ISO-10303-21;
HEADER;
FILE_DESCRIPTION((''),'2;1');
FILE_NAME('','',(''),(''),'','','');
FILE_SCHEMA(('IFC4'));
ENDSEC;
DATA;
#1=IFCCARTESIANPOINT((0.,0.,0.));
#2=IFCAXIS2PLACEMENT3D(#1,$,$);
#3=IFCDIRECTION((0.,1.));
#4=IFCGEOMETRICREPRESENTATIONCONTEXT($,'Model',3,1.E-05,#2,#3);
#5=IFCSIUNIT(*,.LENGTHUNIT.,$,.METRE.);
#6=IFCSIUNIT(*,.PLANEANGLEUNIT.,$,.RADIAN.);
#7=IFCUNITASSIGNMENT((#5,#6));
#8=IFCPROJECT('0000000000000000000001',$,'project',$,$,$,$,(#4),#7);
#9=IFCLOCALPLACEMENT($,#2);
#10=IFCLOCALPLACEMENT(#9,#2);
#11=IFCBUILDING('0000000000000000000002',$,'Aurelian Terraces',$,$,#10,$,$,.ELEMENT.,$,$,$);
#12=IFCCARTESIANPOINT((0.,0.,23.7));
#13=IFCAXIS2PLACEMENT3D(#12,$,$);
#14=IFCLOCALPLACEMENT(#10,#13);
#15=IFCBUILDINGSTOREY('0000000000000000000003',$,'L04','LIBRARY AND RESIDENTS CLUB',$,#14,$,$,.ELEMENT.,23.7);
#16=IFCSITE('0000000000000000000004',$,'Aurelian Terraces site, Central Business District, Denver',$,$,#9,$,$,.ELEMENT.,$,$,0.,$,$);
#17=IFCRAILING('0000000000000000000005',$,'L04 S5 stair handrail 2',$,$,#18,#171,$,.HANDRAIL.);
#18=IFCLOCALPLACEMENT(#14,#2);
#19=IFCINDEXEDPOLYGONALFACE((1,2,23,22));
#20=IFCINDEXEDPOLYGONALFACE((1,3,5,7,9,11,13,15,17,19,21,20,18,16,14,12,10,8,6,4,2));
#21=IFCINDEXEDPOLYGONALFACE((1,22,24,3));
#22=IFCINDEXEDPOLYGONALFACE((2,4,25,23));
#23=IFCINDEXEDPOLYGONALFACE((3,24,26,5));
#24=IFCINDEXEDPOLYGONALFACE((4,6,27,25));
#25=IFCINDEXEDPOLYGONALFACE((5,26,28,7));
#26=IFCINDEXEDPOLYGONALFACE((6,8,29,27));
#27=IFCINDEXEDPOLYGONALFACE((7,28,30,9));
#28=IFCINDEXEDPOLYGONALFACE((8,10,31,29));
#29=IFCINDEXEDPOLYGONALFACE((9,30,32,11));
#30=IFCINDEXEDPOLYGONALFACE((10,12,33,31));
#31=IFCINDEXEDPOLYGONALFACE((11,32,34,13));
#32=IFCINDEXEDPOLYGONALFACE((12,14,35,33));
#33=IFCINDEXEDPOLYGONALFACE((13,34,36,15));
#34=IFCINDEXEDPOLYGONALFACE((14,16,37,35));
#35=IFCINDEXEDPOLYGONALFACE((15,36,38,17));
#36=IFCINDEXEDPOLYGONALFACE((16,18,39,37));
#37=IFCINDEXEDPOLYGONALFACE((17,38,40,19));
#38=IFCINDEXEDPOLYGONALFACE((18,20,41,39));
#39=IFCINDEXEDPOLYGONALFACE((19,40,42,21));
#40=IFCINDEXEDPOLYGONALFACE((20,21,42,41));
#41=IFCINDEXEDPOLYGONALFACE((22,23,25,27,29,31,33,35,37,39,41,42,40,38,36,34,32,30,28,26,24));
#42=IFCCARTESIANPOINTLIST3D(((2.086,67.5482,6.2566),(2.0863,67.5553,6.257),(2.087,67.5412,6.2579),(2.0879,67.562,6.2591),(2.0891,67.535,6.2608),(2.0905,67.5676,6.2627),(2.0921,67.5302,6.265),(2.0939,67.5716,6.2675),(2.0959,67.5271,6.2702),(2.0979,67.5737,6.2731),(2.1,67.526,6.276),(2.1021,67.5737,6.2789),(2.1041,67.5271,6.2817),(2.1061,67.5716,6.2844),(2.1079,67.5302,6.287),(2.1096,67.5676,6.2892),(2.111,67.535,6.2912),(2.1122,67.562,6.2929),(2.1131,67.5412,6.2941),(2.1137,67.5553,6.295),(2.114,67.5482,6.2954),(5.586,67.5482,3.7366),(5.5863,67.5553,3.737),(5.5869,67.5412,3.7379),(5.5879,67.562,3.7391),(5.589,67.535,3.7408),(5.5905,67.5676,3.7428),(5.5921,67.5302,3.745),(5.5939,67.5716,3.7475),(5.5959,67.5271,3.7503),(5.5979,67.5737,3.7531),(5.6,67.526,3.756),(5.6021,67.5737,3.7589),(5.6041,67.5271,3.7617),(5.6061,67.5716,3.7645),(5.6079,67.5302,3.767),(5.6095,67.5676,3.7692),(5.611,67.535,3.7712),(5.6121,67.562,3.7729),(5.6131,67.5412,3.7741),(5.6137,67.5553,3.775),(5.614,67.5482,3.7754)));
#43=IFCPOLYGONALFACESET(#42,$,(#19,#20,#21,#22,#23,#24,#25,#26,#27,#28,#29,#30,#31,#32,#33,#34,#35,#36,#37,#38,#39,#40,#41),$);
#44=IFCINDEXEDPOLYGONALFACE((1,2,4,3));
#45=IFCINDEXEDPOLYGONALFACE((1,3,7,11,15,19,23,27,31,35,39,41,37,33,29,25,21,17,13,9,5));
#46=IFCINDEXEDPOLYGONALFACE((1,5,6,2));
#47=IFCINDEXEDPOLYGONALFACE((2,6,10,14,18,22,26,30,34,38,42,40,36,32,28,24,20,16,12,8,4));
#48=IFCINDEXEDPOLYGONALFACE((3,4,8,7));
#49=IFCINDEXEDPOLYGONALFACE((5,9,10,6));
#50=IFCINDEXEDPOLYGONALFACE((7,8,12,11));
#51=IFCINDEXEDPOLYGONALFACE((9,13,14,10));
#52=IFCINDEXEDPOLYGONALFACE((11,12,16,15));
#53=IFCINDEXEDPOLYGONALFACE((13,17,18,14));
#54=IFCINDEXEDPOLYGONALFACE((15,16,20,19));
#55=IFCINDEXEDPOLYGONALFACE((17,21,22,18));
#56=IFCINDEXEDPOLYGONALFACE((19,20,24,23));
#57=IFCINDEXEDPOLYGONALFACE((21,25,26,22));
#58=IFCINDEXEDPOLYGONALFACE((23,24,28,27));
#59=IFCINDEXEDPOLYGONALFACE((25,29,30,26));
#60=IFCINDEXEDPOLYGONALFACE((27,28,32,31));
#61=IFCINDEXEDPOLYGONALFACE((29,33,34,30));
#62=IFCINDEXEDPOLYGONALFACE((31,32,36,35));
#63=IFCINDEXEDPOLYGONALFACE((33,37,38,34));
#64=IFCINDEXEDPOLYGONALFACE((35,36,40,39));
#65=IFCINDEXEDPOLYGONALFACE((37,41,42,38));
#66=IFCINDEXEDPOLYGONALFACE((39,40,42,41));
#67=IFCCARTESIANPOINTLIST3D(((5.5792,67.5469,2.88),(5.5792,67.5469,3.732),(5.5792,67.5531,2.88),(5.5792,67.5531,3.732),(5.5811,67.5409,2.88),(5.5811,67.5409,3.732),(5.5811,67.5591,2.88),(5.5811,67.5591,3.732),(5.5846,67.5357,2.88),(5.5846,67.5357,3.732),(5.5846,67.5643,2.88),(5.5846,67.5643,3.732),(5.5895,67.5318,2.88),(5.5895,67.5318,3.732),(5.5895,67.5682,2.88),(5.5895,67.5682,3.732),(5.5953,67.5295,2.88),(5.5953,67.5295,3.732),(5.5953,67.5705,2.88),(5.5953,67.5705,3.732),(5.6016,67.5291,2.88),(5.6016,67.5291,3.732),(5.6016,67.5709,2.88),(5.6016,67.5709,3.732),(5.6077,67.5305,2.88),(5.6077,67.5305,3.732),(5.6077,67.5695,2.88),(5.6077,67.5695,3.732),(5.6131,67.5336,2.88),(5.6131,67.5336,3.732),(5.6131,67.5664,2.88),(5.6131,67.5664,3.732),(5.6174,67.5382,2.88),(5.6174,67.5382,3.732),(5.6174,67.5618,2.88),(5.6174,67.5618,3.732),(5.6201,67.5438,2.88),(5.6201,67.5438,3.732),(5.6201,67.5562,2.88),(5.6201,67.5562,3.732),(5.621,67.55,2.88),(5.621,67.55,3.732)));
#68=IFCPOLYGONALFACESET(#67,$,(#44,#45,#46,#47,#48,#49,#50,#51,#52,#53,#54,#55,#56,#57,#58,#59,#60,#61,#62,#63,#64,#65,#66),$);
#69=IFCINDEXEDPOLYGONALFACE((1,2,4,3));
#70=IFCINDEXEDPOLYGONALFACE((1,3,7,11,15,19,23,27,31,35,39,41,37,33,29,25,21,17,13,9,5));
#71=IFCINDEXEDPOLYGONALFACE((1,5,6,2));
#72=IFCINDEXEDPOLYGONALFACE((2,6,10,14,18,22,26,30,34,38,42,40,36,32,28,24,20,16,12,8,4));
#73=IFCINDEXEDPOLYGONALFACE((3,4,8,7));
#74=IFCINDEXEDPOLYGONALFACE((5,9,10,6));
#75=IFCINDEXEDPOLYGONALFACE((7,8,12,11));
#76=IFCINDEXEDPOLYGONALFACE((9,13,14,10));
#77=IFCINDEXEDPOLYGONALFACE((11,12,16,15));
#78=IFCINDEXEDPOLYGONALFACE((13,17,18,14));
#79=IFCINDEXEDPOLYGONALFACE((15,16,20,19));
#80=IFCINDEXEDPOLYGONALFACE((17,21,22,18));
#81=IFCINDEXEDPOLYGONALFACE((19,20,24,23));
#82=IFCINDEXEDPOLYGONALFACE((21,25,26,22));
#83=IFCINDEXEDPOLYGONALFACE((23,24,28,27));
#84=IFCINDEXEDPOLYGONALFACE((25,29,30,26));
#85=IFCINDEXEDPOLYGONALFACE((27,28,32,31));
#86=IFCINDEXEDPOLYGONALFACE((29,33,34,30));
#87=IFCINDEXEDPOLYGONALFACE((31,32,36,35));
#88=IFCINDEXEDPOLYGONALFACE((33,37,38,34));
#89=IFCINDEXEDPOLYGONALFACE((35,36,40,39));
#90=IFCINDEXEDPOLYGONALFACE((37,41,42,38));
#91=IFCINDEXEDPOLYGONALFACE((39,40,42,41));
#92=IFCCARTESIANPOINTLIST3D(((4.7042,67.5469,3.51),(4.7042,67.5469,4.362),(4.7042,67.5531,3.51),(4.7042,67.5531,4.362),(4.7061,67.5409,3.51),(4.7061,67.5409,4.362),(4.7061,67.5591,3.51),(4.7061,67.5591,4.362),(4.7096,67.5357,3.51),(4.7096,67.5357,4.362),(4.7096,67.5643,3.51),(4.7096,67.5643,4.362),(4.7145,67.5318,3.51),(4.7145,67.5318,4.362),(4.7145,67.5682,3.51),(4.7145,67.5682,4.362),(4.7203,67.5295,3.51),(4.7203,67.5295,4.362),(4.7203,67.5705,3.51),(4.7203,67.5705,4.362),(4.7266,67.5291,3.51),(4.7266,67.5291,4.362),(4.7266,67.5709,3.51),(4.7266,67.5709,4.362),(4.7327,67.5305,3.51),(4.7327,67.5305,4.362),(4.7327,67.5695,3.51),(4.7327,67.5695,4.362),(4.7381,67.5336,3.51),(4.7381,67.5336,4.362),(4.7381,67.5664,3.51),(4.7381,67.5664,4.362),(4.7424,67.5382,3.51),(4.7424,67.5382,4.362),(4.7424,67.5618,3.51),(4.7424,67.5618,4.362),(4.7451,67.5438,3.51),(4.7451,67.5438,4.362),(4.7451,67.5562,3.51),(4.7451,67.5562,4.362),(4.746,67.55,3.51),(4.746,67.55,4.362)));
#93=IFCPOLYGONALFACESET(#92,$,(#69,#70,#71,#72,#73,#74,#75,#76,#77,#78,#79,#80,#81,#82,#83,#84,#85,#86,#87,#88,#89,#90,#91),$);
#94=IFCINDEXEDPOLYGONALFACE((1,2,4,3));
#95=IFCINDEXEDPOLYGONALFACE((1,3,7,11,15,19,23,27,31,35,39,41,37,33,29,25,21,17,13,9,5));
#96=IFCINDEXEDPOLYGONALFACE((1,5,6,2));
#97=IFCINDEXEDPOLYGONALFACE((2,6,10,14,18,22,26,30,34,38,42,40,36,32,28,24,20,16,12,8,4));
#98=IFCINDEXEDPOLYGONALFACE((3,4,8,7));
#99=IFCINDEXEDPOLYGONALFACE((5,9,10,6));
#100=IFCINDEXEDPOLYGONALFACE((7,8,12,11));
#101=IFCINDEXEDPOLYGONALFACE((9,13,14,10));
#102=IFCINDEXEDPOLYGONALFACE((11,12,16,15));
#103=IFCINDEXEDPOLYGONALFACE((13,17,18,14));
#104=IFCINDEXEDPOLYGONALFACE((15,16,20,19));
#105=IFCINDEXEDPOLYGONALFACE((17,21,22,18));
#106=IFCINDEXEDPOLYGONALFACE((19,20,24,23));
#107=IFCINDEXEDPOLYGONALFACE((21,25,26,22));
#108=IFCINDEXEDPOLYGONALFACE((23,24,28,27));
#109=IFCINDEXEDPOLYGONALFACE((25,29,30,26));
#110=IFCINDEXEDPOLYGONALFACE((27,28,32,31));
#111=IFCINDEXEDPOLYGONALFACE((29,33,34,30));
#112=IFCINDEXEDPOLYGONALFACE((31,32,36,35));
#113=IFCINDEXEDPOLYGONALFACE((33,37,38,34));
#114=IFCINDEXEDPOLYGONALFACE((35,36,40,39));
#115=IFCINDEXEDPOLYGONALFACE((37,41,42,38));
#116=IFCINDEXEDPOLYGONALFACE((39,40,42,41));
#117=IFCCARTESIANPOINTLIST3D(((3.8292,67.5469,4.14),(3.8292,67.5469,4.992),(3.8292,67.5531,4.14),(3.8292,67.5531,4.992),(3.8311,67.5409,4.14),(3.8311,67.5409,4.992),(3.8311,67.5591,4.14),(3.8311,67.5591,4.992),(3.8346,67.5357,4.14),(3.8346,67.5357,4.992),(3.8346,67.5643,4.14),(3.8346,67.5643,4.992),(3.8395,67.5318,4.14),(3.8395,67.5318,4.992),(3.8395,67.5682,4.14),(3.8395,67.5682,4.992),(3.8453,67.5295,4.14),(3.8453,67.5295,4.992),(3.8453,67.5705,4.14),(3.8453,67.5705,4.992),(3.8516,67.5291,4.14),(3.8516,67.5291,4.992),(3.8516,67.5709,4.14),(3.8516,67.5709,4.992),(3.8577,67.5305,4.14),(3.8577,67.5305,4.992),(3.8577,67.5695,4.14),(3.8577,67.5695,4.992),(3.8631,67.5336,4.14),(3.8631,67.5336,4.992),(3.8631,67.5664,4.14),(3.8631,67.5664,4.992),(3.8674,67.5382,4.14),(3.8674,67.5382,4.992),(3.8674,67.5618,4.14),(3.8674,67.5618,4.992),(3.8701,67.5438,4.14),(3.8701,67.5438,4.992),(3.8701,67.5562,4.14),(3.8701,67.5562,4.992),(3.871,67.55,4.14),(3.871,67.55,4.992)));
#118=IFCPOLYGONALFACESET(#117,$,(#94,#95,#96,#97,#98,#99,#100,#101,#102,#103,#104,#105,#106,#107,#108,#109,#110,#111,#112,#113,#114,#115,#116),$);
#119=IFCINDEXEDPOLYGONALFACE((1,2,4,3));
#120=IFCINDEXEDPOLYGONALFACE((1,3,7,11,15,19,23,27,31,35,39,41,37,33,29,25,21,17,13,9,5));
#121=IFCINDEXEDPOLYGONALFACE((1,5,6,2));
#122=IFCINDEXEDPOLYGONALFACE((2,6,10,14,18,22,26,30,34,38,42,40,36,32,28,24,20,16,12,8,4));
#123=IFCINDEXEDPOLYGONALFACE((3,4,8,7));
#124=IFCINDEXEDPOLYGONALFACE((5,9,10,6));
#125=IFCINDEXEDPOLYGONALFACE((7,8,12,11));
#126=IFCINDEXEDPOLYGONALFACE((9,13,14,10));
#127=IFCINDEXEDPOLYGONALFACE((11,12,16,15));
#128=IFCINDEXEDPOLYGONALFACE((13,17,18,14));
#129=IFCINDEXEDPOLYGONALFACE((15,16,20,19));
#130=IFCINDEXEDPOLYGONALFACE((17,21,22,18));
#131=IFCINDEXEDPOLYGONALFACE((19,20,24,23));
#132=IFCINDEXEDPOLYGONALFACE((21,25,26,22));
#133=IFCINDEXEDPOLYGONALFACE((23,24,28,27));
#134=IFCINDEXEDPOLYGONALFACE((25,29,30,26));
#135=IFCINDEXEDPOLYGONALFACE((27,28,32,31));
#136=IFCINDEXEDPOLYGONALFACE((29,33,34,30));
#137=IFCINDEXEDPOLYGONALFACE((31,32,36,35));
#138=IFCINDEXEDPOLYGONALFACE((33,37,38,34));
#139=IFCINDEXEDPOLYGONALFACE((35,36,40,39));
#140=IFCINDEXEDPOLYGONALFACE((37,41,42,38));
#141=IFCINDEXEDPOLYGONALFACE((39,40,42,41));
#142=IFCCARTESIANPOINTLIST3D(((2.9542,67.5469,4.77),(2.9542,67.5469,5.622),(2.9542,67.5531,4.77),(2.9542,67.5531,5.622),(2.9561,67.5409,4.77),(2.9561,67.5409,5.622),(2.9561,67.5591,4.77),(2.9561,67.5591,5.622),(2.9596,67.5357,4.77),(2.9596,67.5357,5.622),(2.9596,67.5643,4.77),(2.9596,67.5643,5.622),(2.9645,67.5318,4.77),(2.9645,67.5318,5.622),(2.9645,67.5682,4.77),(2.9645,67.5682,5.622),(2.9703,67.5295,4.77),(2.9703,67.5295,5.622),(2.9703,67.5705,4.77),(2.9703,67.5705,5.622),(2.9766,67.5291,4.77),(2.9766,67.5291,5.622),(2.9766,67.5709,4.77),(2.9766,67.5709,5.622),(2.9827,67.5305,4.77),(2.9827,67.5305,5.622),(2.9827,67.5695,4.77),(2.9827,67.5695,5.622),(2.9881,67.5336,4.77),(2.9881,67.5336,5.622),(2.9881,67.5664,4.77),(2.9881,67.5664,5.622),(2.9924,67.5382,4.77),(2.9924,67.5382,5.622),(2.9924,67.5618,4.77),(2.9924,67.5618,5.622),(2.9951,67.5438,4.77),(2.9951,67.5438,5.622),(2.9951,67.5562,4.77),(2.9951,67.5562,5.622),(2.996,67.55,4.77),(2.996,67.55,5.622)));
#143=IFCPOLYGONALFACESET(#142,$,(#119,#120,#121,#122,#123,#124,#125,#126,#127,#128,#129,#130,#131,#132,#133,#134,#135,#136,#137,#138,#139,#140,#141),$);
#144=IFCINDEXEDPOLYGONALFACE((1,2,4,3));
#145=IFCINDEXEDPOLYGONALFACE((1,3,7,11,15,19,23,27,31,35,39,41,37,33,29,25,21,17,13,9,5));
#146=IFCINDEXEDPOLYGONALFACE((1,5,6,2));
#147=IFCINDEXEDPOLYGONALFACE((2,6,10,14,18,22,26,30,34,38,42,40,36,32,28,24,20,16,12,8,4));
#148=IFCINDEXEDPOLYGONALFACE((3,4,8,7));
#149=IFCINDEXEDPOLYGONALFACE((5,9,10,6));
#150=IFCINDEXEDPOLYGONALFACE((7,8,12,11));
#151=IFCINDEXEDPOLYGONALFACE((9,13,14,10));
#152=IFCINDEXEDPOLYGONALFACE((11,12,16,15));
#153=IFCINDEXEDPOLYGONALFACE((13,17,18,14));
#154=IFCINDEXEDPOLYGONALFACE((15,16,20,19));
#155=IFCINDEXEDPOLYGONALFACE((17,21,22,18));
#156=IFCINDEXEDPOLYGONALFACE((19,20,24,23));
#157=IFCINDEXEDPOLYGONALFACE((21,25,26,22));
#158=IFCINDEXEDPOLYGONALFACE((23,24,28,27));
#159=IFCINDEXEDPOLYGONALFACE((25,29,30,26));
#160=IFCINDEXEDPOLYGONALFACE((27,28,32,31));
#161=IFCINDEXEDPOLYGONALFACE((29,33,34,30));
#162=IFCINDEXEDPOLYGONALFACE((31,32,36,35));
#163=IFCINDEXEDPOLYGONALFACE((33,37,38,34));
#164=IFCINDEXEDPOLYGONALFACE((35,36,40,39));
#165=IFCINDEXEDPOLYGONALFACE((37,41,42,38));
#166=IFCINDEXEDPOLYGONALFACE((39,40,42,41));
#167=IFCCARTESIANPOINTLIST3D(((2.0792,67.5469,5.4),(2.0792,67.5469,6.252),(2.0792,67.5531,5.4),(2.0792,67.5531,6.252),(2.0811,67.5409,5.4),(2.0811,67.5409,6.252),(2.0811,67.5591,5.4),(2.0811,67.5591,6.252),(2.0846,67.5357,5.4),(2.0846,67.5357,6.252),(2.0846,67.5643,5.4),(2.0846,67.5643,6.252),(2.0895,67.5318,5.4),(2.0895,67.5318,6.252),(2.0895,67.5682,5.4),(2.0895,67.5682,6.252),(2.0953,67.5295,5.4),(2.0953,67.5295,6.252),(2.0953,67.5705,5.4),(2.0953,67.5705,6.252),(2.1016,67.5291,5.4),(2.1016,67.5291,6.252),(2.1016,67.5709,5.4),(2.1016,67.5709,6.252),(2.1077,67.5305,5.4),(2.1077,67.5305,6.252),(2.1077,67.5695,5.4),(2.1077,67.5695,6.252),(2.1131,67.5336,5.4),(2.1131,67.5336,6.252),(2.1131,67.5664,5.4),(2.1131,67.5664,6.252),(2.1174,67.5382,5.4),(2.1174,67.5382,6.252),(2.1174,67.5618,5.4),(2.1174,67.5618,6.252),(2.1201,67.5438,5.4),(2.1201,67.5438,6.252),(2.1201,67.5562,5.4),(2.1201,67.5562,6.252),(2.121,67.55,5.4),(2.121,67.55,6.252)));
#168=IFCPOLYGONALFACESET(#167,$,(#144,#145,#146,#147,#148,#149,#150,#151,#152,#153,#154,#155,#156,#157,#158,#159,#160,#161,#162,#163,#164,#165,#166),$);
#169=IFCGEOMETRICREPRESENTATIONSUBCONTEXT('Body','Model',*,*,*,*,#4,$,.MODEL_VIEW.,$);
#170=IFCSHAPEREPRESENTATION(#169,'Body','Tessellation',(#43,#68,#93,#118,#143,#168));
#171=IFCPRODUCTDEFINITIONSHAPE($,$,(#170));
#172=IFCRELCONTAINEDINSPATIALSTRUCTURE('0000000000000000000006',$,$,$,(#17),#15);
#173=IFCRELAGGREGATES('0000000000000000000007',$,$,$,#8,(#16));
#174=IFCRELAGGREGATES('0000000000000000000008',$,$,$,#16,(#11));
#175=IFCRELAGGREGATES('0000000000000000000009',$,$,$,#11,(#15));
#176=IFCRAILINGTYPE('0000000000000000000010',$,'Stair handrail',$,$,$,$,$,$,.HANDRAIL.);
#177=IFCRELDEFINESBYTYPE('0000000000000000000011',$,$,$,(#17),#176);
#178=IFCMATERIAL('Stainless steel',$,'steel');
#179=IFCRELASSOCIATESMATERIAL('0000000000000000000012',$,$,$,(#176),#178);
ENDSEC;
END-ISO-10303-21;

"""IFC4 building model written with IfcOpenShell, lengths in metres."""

from ifc_helpers import new_model, si_unit, direction, frame, origin, origin_2d, place, context, subcontext, project, spatial, circle, extrude, source, transform, mapped, material, type_object, element, save


model = new_model("IFC4")

# Units and contexts
model_context = context("Model", 3, precision=1e-05, world=origin(), true_north=direction((0.0, 1.0)))
body_context = subcontext(model_context, "Body", "Model", "MODEL_VIEW")
ifc_project = project(units=[si_unit("LENGTHUNIT", "METRE"), si_unit("PLANEANGLEUNIT", "RADIAN")], contexts=[model_context])

# Site, building, storey
site_placement = place(None, origin())
site = spatial("IfcSite", under=ifc_project, at=site_placement, Name="Aurelian Terraces site, Central Business District, Denver", CompositionType="ELEMENT", RefElevation=0.0)
building_placement = place(site_placement, origin())
building = spatial("IfcBuilding", under=site, at=building_placement, Name="Aurelian Terraces", CompositionType="ELEMENT")
storey_placement = place(building_placement, frame((0.0, 0.0, 23.7)))
storey = spatial("IfcBuildingStorey", under=building, at=storey_placement, Name="L04", Description="LIBRARY AND RESIDENTS CLUB", CompositionType="ELEMENT", Elevation=23.7)

# Railing
ifc_material_1 = material(Name="Stainless steel", Category="steel")
railing_type_1 = type_object("IfcRailingType", Name="Stair handrail", PredefinedType="HANDRAIL", material=ifc_material_1)
shared_shape_1 = source(origin(), body_context, "Body", "SweptSolid", [
    extrude(circle(Radius=0.024, at=origin_2d()), frame((0.0, 0.0, 0.876), z_axis=(-0.811534, 0.0, 0.584305), x_axis=(0.0, -1.0, 0.0)), (0.0, 0.0, 1.0), 4.3128),
    extrude(circle(Radius=0.021, at=origin_2d()), origin(), (0.0, 0.0, 1.0), 0.852),
    extrude(circle(Radius=0.021, at=origin_2d()), frame((-0.875, 0.0, 0.63)), (0.0, 0.0, 1.0), 0.852),
    extrude(circle(Radius=0.021, at=origin_2d()), frame((-1.75, 0.0, 1.26)), (0.0, 0.0, 1.0), 0.852),
    extrude(circle(Radius=0.021, at=origin_2d()), frame((-2.625, 0.0, 1.89)), (0.0, 0.0, 1.0), 0.852),
    extrude(circle(Radius=0.021, at=origin_2d()), frame((-3.5, 0.0, 2.52)), (0.0, 0.0, 1.0), 0.852),
])
railing_1_placement = place(storey_placement, frame((5.6, 67.55, 2.88)))
element("IfcRailing", 1, at=railing_1_placement, inside=storey, type_object=railing_type_1, Name="L04 S5 stair handrail 2", PredefinedType="HANDRAIL", context=body_context, shape_type="MappedRepresentation", body=[
    mapped(shared_shape_1, transform((0.0, 0.0, 0.0), scale=1.0)),
])

save(model, "model.ifc")
